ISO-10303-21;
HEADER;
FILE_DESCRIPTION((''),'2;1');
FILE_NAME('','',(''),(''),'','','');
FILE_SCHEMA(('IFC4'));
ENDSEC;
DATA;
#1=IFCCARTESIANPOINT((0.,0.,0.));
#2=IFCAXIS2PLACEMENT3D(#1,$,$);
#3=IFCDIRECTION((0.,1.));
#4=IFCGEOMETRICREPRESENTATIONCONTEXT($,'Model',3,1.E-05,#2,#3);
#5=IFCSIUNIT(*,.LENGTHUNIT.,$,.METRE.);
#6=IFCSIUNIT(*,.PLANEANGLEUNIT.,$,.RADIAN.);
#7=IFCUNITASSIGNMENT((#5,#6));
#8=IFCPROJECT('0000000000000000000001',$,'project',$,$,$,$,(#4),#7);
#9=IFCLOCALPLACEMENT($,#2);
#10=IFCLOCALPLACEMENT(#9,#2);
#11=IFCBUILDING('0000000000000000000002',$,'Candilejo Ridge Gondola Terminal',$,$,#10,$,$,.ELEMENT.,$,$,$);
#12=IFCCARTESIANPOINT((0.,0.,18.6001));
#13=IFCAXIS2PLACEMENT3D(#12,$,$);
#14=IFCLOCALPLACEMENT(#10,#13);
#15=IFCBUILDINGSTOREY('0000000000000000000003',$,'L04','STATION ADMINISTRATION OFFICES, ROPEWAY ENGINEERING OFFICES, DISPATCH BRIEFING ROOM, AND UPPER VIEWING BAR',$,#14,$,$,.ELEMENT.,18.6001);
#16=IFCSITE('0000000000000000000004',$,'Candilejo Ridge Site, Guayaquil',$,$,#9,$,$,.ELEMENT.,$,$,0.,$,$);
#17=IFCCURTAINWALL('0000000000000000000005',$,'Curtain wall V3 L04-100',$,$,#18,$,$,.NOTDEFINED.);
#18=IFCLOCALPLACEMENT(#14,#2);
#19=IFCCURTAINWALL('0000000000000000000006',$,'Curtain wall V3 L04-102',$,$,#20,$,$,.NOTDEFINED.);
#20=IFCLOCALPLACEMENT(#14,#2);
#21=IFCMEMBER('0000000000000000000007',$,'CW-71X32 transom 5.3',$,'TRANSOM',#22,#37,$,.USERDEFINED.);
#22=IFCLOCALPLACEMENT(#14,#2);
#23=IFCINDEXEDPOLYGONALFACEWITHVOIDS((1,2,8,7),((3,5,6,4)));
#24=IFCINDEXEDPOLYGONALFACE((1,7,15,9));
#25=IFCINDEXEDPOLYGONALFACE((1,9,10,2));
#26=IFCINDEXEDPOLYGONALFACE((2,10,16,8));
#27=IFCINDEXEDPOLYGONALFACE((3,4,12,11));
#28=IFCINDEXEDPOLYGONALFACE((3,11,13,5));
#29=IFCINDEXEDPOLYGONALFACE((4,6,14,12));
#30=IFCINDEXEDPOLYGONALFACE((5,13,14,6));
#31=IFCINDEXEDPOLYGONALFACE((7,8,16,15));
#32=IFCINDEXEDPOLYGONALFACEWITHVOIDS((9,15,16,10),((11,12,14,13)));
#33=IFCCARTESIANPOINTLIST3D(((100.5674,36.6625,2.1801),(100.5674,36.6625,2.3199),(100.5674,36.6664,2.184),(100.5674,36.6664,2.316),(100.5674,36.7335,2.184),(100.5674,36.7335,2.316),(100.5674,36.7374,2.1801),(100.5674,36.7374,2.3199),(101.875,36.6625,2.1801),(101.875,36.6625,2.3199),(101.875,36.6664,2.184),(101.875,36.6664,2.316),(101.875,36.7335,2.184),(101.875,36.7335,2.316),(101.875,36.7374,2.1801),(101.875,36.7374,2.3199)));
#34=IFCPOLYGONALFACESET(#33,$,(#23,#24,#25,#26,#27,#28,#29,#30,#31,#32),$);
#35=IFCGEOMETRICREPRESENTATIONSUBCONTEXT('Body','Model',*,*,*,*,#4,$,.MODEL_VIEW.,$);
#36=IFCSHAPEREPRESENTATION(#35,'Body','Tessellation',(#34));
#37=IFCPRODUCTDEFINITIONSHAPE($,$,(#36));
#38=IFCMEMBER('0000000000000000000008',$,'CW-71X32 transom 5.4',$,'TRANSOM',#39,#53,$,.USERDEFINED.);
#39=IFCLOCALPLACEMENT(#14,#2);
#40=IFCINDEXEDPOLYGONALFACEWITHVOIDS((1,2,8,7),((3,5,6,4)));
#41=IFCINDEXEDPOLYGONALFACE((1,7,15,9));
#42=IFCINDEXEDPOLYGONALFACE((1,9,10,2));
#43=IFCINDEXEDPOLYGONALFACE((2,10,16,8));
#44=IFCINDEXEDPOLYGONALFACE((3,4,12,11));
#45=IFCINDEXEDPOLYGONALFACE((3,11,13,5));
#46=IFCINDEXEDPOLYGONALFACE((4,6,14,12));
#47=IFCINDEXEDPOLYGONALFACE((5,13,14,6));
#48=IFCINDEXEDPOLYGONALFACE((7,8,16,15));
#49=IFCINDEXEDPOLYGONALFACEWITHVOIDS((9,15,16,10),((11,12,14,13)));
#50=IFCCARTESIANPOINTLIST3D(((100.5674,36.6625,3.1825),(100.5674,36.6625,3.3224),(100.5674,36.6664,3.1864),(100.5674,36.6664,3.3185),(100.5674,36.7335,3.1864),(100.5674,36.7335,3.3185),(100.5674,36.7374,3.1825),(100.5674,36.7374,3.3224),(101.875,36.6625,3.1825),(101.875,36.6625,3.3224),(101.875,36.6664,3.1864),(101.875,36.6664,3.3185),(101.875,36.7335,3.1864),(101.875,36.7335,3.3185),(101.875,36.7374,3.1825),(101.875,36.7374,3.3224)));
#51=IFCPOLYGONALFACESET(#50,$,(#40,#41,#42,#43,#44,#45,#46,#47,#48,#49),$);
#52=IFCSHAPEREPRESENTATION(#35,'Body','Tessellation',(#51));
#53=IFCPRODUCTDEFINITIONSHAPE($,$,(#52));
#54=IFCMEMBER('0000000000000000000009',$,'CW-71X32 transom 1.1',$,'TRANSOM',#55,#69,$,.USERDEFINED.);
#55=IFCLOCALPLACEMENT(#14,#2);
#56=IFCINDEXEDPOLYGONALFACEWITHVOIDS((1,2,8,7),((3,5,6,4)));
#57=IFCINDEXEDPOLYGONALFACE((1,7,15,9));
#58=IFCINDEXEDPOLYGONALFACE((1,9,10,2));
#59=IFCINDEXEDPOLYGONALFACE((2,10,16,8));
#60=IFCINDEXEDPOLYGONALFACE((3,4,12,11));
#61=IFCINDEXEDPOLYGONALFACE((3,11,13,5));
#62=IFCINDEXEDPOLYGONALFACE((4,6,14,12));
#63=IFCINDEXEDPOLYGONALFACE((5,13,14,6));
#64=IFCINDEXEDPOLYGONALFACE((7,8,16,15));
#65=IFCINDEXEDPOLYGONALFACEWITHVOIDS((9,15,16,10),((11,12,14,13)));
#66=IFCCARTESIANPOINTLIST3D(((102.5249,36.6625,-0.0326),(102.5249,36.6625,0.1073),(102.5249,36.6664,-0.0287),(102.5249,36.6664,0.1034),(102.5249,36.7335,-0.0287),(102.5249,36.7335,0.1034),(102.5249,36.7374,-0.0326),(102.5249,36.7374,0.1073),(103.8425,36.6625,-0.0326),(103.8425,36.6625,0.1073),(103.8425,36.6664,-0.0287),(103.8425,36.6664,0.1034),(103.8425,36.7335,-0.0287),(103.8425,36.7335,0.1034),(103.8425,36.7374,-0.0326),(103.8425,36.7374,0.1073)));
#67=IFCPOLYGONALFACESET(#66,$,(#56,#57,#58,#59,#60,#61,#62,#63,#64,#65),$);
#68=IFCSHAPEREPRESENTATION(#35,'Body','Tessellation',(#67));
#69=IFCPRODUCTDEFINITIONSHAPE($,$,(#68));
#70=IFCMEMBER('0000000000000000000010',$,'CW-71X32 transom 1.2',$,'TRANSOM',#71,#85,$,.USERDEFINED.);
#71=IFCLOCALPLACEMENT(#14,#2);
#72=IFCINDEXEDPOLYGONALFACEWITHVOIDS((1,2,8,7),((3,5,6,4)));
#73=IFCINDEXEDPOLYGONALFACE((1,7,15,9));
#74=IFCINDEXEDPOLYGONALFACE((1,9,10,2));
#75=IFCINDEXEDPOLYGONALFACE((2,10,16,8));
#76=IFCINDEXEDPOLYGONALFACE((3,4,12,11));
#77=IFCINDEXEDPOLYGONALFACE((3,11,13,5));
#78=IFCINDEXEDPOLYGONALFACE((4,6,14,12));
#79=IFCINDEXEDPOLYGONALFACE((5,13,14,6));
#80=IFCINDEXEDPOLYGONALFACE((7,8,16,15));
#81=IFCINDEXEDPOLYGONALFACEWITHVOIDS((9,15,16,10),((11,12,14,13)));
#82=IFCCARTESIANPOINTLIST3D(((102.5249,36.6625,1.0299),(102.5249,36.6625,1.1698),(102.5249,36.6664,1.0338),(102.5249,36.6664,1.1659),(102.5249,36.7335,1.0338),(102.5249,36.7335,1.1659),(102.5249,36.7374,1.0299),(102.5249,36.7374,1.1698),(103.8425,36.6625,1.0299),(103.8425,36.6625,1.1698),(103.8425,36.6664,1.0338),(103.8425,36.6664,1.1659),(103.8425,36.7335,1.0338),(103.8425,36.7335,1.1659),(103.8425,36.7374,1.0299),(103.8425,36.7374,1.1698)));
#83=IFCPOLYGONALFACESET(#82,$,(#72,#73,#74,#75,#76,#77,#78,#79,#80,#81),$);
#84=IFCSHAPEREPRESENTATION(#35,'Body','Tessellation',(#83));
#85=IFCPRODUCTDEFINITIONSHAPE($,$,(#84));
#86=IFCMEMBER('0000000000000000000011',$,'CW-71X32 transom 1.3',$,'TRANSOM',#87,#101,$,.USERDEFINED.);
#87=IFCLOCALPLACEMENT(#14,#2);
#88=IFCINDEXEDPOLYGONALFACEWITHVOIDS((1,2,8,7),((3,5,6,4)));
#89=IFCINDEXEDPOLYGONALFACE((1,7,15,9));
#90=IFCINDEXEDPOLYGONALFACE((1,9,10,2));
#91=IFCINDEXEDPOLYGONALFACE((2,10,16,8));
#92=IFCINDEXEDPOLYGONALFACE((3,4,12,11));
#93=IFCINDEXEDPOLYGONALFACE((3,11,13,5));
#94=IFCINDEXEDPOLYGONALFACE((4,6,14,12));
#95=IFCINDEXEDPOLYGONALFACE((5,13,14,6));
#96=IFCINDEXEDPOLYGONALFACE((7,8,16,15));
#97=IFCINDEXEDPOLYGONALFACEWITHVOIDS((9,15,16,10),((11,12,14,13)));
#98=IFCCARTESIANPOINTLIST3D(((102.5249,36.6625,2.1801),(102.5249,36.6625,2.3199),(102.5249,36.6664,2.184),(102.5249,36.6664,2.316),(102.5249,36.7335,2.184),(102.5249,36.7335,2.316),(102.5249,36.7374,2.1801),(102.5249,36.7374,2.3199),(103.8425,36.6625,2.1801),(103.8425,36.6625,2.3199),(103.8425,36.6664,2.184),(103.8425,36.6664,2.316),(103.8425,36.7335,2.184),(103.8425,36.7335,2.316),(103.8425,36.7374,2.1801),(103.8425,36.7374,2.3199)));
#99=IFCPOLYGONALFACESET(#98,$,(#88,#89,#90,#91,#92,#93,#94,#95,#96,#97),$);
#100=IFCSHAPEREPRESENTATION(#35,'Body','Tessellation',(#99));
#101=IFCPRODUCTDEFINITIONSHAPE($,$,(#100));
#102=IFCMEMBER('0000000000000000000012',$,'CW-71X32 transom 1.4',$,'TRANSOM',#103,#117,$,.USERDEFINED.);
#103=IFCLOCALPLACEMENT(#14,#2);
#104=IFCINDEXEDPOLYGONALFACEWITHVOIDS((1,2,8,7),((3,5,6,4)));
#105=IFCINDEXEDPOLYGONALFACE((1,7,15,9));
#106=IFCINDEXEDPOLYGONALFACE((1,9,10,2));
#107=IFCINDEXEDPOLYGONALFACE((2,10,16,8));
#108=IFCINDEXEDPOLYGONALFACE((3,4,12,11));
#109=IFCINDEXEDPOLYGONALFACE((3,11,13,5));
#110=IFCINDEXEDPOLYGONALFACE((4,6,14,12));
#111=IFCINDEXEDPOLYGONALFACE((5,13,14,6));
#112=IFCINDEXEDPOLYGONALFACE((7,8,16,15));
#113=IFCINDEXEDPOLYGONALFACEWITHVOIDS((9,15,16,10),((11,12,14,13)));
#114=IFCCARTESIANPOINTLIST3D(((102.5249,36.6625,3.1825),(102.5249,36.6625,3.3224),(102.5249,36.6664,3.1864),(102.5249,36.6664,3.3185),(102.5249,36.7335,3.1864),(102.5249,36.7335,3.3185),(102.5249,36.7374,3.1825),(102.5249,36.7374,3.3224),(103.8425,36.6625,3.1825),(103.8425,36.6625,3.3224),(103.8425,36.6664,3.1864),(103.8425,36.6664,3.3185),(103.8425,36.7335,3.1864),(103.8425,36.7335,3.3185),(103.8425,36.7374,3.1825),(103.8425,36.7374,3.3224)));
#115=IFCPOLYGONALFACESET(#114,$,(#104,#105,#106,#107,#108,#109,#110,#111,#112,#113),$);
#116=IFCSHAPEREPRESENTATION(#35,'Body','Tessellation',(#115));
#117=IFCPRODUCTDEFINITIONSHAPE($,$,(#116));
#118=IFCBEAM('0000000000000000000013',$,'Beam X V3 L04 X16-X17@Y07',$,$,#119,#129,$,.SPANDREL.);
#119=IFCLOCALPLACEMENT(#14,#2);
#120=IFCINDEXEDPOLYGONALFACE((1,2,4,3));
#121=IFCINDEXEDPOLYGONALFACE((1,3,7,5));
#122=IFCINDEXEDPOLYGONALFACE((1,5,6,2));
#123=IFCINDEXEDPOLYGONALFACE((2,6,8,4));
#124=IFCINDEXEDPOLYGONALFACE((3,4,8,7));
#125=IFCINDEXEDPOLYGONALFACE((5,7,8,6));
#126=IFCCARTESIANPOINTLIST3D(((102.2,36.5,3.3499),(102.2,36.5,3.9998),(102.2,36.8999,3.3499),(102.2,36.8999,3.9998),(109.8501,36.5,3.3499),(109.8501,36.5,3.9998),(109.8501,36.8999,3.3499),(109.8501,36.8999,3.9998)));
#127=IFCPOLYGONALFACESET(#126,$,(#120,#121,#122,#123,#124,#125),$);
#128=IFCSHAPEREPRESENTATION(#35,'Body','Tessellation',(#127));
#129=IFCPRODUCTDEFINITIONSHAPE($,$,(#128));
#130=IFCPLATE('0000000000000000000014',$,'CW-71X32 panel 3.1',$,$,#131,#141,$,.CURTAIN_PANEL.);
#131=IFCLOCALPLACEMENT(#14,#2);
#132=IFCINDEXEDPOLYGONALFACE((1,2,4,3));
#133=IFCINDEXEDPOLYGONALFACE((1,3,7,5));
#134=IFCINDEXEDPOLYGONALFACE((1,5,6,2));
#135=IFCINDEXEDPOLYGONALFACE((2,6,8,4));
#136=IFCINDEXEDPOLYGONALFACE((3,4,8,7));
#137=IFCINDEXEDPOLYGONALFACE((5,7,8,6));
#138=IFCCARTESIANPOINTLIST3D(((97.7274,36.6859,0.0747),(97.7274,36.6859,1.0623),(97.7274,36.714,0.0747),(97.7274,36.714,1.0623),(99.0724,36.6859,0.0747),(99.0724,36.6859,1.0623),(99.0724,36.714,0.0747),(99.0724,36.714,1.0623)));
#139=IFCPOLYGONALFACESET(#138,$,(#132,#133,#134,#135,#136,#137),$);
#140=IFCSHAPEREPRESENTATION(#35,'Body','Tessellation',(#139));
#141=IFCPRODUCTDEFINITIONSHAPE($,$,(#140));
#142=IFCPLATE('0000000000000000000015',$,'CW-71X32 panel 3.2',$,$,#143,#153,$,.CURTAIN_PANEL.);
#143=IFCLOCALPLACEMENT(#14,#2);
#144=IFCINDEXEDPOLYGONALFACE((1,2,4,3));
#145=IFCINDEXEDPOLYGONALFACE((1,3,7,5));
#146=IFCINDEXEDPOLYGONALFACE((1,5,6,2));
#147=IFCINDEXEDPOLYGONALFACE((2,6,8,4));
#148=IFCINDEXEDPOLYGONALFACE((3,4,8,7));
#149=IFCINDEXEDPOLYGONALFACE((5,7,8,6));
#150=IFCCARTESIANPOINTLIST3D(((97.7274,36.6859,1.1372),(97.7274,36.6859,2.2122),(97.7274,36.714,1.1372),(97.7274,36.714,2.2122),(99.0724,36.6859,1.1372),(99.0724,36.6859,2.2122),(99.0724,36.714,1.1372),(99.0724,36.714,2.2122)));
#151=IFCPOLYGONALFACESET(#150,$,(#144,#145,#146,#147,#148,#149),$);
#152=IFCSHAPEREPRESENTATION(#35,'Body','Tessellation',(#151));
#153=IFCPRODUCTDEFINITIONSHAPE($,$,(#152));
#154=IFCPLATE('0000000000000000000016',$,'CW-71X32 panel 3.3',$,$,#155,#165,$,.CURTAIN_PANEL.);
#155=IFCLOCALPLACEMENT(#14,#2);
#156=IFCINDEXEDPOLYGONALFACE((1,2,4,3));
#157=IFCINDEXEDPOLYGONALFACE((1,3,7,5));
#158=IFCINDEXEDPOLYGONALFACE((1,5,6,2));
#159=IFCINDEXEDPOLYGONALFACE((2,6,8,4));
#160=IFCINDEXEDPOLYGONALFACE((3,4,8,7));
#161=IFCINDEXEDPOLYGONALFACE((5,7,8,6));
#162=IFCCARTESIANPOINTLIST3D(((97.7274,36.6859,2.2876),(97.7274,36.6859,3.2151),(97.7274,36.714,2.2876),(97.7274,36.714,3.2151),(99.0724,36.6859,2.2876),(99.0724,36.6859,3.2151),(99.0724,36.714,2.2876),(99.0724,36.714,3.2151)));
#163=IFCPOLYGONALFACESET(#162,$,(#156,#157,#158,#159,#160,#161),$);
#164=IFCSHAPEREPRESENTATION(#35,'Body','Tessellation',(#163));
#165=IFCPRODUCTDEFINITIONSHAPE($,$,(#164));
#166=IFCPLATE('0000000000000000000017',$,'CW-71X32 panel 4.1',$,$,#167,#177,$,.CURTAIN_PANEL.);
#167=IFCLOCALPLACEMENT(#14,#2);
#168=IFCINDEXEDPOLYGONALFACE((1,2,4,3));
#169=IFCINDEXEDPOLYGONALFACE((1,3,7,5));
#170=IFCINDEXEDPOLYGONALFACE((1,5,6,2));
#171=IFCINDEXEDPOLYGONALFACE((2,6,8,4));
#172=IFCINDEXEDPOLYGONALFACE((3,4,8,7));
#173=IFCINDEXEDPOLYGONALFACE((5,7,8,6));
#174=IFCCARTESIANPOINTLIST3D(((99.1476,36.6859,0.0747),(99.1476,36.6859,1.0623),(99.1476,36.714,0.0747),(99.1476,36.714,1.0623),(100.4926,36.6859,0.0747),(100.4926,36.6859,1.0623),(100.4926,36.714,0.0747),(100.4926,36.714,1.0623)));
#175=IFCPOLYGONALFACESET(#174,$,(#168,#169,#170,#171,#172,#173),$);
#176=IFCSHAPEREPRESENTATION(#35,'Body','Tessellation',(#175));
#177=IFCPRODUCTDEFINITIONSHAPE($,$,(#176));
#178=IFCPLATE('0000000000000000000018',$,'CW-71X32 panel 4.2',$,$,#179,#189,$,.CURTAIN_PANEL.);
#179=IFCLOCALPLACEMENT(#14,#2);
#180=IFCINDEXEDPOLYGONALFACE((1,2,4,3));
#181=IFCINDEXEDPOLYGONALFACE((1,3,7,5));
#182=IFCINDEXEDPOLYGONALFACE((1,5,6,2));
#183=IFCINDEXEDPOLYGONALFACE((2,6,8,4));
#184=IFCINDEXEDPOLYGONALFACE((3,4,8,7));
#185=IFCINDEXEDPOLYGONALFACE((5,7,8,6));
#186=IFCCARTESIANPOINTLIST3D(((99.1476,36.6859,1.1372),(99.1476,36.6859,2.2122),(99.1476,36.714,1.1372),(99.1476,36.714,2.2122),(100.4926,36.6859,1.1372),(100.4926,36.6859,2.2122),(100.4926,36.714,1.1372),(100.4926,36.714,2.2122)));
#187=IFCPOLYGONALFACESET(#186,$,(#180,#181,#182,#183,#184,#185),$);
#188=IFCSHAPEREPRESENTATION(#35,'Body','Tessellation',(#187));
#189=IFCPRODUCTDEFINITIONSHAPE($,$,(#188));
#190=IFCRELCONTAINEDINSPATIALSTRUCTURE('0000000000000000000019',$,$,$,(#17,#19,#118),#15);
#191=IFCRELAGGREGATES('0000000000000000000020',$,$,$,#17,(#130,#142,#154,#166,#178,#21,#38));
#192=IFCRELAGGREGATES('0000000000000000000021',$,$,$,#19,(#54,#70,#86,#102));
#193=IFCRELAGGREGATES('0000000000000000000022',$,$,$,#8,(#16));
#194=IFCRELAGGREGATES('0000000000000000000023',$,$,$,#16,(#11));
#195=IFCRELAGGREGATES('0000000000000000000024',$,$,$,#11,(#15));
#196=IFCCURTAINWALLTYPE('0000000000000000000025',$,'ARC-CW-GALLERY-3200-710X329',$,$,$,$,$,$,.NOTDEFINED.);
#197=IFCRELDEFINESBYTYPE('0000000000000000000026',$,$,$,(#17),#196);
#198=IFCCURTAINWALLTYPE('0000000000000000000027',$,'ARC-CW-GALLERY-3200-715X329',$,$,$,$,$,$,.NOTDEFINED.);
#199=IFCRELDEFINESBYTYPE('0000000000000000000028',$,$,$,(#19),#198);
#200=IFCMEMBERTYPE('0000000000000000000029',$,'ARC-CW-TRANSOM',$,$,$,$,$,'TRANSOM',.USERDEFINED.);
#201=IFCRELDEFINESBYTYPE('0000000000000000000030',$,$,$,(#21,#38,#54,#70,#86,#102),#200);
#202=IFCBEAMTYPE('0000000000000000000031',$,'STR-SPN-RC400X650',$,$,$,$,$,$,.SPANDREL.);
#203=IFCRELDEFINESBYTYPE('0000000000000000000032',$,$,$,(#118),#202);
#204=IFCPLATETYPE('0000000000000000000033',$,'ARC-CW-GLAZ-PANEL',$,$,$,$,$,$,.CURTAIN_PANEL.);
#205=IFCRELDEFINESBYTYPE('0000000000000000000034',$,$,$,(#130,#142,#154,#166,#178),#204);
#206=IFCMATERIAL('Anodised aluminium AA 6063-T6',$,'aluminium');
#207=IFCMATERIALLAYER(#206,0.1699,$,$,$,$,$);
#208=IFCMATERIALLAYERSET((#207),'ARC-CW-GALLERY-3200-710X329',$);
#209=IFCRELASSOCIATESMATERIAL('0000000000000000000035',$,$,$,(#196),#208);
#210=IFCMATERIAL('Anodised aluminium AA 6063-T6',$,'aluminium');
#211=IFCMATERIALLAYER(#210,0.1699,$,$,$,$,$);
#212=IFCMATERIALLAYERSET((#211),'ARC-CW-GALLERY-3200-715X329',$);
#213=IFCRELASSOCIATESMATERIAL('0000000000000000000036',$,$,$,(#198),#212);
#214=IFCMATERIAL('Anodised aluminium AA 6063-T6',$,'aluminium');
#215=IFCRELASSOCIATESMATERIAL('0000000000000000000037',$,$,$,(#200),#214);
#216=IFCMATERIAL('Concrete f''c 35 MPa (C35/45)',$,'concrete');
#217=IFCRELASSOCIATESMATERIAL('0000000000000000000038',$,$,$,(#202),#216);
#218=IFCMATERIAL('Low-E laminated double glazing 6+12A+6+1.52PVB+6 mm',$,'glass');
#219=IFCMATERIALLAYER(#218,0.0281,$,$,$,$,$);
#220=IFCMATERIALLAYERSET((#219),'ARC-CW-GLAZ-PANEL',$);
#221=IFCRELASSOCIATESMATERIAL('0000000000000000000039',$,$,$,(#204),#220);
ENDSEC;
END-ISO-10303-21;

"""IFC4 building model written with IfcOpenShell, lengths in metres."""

from ifc_helpers import new_model, si_unit, direction, frame, origin, origin_2d, place, context, subcontext, project, spatial, rectangle, hollow_rectangle, extrude, material, layer, layer_set, material_profile, profile_set, type_object, element, aggregate, save


model = new_model("IFC4")

# Units and contexts
model_context = context("Model", 3, precision=1e-05, world=origin(), true_north=direction((0.0, 1.0)))
body_context = subcontext(model_context, "Body", "Model", "MODEL_VIEW")
ifc_project = project(units=[si_unit("LENGTHUNIT", "METRE"), si_unit("PLANEANGLEUNIT", "RADIAN")], contexts=[model_context])

# Site, building, storey
site_placement = place(None, origin())
site = spatial("IfcSite", under=ifc_project, at=site_placement, Name="Candilejo Ridge Site, Guayaquil", CompositionType="ELEMENT", RefElevation=0.0)
building_placement = place(site_placement, origin())
building = spatial("IfcBuilding", under=site, at=building_placement, Name="Candilejo Ridge Gondola Terminal", CompositionType="ELEMENT")
storey_placement = place(building_placement, frame((0.0, 0.0, 18.6001)))
storey = spatial("IfcBuildingStorey", under=building, at=storey_placement, Name="L04", Description="STATION ADMINISTRATION OFFICES, ROPEWAY ENGINEERING OFFICES, DISPATCH BRIEFING ROOM, AND UPPER VIEWING BAR", CompositionType="ELEMENT", Elevation=18.6001)

# Curtain wall
ifc_material_1 = material(Name="Anodised aluminium AA 6063-T6", Category="aluminium")
ifc_layer_1 = layer(ifc_material_1, 0.1699)
ifc_layer_set_1 = layer_set([ifc_layer_1], Name="ARC-CW-GALLERY-3200-710X329")
curtain_wall_type_1 = type_object("IfcCurtainWallType", Name="ARC-CW-GALLERY-3200-710X329", PredefinedType="NOTDEFINED", material=ifc_layer_set_1)
curtain_wall_1_placement = place(storey_placement, origin())
curtain_wall_1 = element("IfcCurtainWall", 1, at=curtain_wall_1_placement, inside=storey, type_object=curtain_wall_type_1, Name="Curtain wall V3 L04-100", PredefinedType="NOTDEFINED")

# Curtain wall
ifc_material_2 = material(Name="Anodised aluminium AA 6063-T6", Category="aluminium")
ifc_layer_2 = layer(ifc_material_2, 0.1699)
ifc_layer_set_2 = layer_set([ifc_layer_2], Name="ARC-CW-GALLERY-3200-715X329")
curtain_wall_type_2 = type_object("IfcCurtainWallType", Name="ARC-CW-GALLERY-3200-715X329", PredefinedType="NOTDEFINED", material=ifc_layer_set_2)
curtain_wall_2_placement = place(storey_placement, origin())
curtain_wall_2 = element("IfcCurtainWall", 2, at=curtain_wall_2_placement, inside=storey, type_object=curtain_wall_type_2, Name="Curtain wall V3 L04-102", PredefinedType="NOTDEFINED")

# Members
ifc_material_3 = material(Name="Anodised aluminium AA 6063-T6", Category="aluminium")
ifc_material_profile_1 = material_profile(ifc_material_3, hollow_rectangle(XDim=0.075, YDim=0.1399, WallThickness=0.0039, at=origin_2d()))
ifc_profile_set_1 = profile_set([ifc_material_profile_1], Name="Anodised aluminium AA 6063-T6")
member_type_1 = type_object("IfcMemberType", Name="ARC-CW-TRANSOM", ElementType="TRANSOM", PredefinedType="USERDEFINED", material=ifc_profile_set_1)
member_1_placement = place(storey_placement, frame((100.5674, 36.7, 2.25), z_axis=(1.0, 0.0, 0.0), x_axis=(0.0, 1.0, 0.0)))
member_1 = element("IfcMember", 3, at=member_1_placement, type_object=member_type_1, Name="CW-71X32 transom 5.3", ObjectType="TRANSOM", PredefinedType="USERDEFINED", context=body_context, shape_type="SweptSolid", body=[
    extrude(hollow_rectangle(XDim=0.075, YDim=0.1399, WallThickness=0.0039, at=origin_2d()), origin(), (0.0, 0.0, 1.0), 1.3076),
])
member_2_placement = place(storey_placement, frame((100.5674, 36.7, 3.2524), z_axis=(1.0, 0.0, 0.0), x_axis=(0.0, 1.0, 0.0)))
member_2 = element("IfcMember", 4, at=member_2_placement, type_object=member_type_1, Name="CW-71X32 transom 5.4", ObjectType="TRANSOM", PredefinedType="USERDEFINED", context=body_context, shape_type="SweptSolid", body=[
    extrude(hollow_rectangle(XDim=0.075, YDim=0.1399, WallThickness=0.0039, at=origin_2d()), origin(), (0.0, 0.0, 1.0), 1.3076),
])
member_3_placement = place(storey_placement, frame((102.5249, 36.7, 0.0374), z_axis=(1.0, 0.0, 0.0), x_axis=(0.0, 1.0, 0.0)))
member_3 = element("IfcMember", 5, at=member_3_placement, type_object=member_type_1, Name="CW-71X32 transom 1.1", ObjectType="TRANSOM", PredefinedType="USERDEFINED", context=body_context, shape_type="SweptSolid", body=[
    extrude(hollow_rectangle(XDim=0.075, YDim=0.1399, WallThickness=0.0039, at=origin_2d()), origin(), (0.0, 0.0, 1.0), 1.3176),
])
member_4_placement = place(storey_placement, frame((102.5249, 36.7, 1.0999), z_axis=(1.0, 0.0, 0.0), x_axis=(0.0, 1.0, 0.0)))
member_4 = element("IfcMember", 6, at=member_4_placement, type_object=member_type_1, Name="CW-71X32 transom 1.2", ObjectType="TRANSOM", PredefinedType="USERDEFINED", context=body_context, shape_type="SweptSolid", body=[
    extrude(hollow_rectangle(XDim=0.075, YDim=0.1399, WallThickness=0.0039, at=origin_2d()), origin(), (0.0, 0.0, 1.0), 1.3176),
])
member_5_placement = place(storey_placement, frame((102.5249, 36.7, 2.25), z_axis=(1.0, 0.0, 0.0), x_axis=(0.0, 1.0, 0.0)))
member_5 = element("IfcMember", 7, at=member_5_placement, type_object=member_type_1, Name="CW-71X32 transom 1.3", ObjectType="TRANSOM", PredefinedType="USERDEFINED", context=body_context, shape_type="SweptSolid", body=[
    extrude(hollow_rectangle(XDim=0.075, YDim=0.1399, WallThickness=0.0039, at=origin_2d()), origin(), (0.0, 0.0, 1.0), 1.3176),
])
member_6_placement = place(storey_placement, frame((102.5249, 36.7, 3.2524), z_axis=(1.0, 0.0, 0.0), x_axis=(0.0, 1.0, 0.0)))
member_6 = element("IfcMember", 8, at=member_6_placement, type_object=member_type_1, Name="CW-71X32 transom 1.4", ObjectType="TRANSOM", PredefinedType="USERDEFINED", context=body_context, shape_type="SweptSolid", body=[
    extrude(hollow_rectangle(XDim=0.075, YDim=0.1399, WallThickness=0.0039, at=origin_2d()), origin(), (0.0, 0.0, 1.0), 1.3176),
])

# Beam
ifc_material_4 = material(Name="Concrete f'c 35 MPa (C35/45)", Category="concrete")
ifc_material_profile_2 = material_profile(ifc_material_4, rectangle(XDim=0.3999, YDim=0.6499, at=origin_2d()))
ifc_profile_set_2 = profile_set([ifc_material_profile_2], Name="Concrete f'c 35 MPa (C35/45)")
beam_type = type_object("IfcBeamType", Name="STR-SPN-RC400X650", PredefinedType="SPANDREL", material=ifc_profile_set_2)
beam_placement = place(storey_placement, frame((102.2, 36.7, 3.6748), z_axis=(1.0, 0.0, 0.0), x_axis=(0.0, 1.0, 0.0)))
element("IfcBeam", 9, at=beam_placement, inside=storey, type_object=beam_type, Name="Beam X V3 L04 X16-X17@Y07", PredefinedType="SPANDREL", context=body_context, shape_type="SweptSolid", body=[
    extrude(rectangle(XDim=0.3999, YDim=0.6499, at=origin_2d()), origin(), (0.0, 0.0, 1.0), 7.6501),
])

# Plates
ifc_material_5 = material(Name="Low-E laminated double glazing 6+12A+6+1.52PVB+6 mm", Category="glass")
ifc_layer_3 = layer(ifc_material_5, 0.0281)
ifc_layer_set_3 = layer_set([ifc_layer_3], Name="ARC-CW-GLAZ-PANEL")
plate_type = type_object("IfcPlateType", Name="ARC-CW-GLAZ-PANEL", PredefinedType="CURTAIN_PANEL", material=ifc_layer_set_3)
plate_1_placement = place(storey_placement, frame((98.3999, 36.7, 0.0747), z_axis=(0.0, 0.0, 1.0), x_axis=(1.0, 0.0, 0.0)))
plate_1 = element("IfcPlate", 10, at=plate_1_placement, type_object=plate_type, Name="CW-71X32 panel 3.1", PredefinedType="CURTAIN_PANEL", context=body_context, shape_type="SweptSolid", body=[
    extrude(rectangle(XDim=1.345, YDim=0.0281, at=origin_2d()), origin(), (0.0, 0.0, 1.0), 0.9875),
])
plate_2_placement = place(storey_placement, frame((98.3999, 36.7, 1.1372), z_axis=(0.0, 0.0, 1.0), x_axis=(1.0, 0.0, 0.0)))
plate_2 = element("IfcPlate", 11, at=plate_2_placement, type_object=plate_type, Name="CW-71X32 panel 3.2", PredefinedType="CURTAIN_PANEL", context=body_context, shape_type="SweptSolid", body=[
    extrude(rectangle(XDim=1.345, YDim=0.0281, at=origin_2d()), origin(), (0.0, 0.0, 1.0), 1.075),
])
plate_3_placement = place(storey_placement, frame((98.3999, 36.7, 2.2876), z_axis=(0.0, 0.0, 1.0), x_axis=(1.0, 0.0, 0.0)))
plate_3 = element("IfcPlate", 12, at=plate_3_placement, type_object=plate_type, Name="CW-71X32 panel 3.3", PredefinedType="CURTAIN_PANEL", context=body_context, shape_type="SweptSolid", body=[
    extrude(rectangle(XDim=1.345, YDim=0.0281, at=origin_2d()), origin(), (0.0, 0.0, 1.0), 0.9275),
])
plate_4_placement = place(storey_placement, frame((99.8201, 36.7, 0.0747), z_axis=(0.0, 0.0, 1.0), x_axis=(1.0, 0.0, 0.0)))
plate_4 = element("IfcPlate", 13, at=plate_4_placement, type_object=plate_type, Name="CW-71X32 panel 4.1", PredefinedType="CURTAIN_PANEL", context=body_context, shape_type="SweptSolid", body=[
    extrude(rectangle(XDim=1.345, YDim=0.0281, at=origin_2d()), origin(), (0.0, 0.0, 1.0), 0.9875),
])
plate_5_placement = place(storey_placement, frame((99.8201, 36.7, 1.1372), z_axis=(0.0, 0.0, 1.0), x_axis=(1.0, 0.0, 0.0)))
plate_5 = element("IfcPlate", 14, at=plate_5_placement, type_object=plate_type, Name="CW-71X32 panel 4.2", PredefinedType="CURTAIN_PANEL", context=body_context, shape_type="SweptSolid", body=[
    extrude(rectangle(XDim=1.345, YDim=0.0281, at=origin_2d()), origin(), (0.0, 0.0, 1.0), 1.075),
])
aggregate(curtain_wall_1, [plate_1, plate_2, plate_3, plate_4, plate_5, member_1, member_2])
aggregate(curtain_wall_2, [member_3, member_4, member_5, member_6])

save(model, "model.ifc")
